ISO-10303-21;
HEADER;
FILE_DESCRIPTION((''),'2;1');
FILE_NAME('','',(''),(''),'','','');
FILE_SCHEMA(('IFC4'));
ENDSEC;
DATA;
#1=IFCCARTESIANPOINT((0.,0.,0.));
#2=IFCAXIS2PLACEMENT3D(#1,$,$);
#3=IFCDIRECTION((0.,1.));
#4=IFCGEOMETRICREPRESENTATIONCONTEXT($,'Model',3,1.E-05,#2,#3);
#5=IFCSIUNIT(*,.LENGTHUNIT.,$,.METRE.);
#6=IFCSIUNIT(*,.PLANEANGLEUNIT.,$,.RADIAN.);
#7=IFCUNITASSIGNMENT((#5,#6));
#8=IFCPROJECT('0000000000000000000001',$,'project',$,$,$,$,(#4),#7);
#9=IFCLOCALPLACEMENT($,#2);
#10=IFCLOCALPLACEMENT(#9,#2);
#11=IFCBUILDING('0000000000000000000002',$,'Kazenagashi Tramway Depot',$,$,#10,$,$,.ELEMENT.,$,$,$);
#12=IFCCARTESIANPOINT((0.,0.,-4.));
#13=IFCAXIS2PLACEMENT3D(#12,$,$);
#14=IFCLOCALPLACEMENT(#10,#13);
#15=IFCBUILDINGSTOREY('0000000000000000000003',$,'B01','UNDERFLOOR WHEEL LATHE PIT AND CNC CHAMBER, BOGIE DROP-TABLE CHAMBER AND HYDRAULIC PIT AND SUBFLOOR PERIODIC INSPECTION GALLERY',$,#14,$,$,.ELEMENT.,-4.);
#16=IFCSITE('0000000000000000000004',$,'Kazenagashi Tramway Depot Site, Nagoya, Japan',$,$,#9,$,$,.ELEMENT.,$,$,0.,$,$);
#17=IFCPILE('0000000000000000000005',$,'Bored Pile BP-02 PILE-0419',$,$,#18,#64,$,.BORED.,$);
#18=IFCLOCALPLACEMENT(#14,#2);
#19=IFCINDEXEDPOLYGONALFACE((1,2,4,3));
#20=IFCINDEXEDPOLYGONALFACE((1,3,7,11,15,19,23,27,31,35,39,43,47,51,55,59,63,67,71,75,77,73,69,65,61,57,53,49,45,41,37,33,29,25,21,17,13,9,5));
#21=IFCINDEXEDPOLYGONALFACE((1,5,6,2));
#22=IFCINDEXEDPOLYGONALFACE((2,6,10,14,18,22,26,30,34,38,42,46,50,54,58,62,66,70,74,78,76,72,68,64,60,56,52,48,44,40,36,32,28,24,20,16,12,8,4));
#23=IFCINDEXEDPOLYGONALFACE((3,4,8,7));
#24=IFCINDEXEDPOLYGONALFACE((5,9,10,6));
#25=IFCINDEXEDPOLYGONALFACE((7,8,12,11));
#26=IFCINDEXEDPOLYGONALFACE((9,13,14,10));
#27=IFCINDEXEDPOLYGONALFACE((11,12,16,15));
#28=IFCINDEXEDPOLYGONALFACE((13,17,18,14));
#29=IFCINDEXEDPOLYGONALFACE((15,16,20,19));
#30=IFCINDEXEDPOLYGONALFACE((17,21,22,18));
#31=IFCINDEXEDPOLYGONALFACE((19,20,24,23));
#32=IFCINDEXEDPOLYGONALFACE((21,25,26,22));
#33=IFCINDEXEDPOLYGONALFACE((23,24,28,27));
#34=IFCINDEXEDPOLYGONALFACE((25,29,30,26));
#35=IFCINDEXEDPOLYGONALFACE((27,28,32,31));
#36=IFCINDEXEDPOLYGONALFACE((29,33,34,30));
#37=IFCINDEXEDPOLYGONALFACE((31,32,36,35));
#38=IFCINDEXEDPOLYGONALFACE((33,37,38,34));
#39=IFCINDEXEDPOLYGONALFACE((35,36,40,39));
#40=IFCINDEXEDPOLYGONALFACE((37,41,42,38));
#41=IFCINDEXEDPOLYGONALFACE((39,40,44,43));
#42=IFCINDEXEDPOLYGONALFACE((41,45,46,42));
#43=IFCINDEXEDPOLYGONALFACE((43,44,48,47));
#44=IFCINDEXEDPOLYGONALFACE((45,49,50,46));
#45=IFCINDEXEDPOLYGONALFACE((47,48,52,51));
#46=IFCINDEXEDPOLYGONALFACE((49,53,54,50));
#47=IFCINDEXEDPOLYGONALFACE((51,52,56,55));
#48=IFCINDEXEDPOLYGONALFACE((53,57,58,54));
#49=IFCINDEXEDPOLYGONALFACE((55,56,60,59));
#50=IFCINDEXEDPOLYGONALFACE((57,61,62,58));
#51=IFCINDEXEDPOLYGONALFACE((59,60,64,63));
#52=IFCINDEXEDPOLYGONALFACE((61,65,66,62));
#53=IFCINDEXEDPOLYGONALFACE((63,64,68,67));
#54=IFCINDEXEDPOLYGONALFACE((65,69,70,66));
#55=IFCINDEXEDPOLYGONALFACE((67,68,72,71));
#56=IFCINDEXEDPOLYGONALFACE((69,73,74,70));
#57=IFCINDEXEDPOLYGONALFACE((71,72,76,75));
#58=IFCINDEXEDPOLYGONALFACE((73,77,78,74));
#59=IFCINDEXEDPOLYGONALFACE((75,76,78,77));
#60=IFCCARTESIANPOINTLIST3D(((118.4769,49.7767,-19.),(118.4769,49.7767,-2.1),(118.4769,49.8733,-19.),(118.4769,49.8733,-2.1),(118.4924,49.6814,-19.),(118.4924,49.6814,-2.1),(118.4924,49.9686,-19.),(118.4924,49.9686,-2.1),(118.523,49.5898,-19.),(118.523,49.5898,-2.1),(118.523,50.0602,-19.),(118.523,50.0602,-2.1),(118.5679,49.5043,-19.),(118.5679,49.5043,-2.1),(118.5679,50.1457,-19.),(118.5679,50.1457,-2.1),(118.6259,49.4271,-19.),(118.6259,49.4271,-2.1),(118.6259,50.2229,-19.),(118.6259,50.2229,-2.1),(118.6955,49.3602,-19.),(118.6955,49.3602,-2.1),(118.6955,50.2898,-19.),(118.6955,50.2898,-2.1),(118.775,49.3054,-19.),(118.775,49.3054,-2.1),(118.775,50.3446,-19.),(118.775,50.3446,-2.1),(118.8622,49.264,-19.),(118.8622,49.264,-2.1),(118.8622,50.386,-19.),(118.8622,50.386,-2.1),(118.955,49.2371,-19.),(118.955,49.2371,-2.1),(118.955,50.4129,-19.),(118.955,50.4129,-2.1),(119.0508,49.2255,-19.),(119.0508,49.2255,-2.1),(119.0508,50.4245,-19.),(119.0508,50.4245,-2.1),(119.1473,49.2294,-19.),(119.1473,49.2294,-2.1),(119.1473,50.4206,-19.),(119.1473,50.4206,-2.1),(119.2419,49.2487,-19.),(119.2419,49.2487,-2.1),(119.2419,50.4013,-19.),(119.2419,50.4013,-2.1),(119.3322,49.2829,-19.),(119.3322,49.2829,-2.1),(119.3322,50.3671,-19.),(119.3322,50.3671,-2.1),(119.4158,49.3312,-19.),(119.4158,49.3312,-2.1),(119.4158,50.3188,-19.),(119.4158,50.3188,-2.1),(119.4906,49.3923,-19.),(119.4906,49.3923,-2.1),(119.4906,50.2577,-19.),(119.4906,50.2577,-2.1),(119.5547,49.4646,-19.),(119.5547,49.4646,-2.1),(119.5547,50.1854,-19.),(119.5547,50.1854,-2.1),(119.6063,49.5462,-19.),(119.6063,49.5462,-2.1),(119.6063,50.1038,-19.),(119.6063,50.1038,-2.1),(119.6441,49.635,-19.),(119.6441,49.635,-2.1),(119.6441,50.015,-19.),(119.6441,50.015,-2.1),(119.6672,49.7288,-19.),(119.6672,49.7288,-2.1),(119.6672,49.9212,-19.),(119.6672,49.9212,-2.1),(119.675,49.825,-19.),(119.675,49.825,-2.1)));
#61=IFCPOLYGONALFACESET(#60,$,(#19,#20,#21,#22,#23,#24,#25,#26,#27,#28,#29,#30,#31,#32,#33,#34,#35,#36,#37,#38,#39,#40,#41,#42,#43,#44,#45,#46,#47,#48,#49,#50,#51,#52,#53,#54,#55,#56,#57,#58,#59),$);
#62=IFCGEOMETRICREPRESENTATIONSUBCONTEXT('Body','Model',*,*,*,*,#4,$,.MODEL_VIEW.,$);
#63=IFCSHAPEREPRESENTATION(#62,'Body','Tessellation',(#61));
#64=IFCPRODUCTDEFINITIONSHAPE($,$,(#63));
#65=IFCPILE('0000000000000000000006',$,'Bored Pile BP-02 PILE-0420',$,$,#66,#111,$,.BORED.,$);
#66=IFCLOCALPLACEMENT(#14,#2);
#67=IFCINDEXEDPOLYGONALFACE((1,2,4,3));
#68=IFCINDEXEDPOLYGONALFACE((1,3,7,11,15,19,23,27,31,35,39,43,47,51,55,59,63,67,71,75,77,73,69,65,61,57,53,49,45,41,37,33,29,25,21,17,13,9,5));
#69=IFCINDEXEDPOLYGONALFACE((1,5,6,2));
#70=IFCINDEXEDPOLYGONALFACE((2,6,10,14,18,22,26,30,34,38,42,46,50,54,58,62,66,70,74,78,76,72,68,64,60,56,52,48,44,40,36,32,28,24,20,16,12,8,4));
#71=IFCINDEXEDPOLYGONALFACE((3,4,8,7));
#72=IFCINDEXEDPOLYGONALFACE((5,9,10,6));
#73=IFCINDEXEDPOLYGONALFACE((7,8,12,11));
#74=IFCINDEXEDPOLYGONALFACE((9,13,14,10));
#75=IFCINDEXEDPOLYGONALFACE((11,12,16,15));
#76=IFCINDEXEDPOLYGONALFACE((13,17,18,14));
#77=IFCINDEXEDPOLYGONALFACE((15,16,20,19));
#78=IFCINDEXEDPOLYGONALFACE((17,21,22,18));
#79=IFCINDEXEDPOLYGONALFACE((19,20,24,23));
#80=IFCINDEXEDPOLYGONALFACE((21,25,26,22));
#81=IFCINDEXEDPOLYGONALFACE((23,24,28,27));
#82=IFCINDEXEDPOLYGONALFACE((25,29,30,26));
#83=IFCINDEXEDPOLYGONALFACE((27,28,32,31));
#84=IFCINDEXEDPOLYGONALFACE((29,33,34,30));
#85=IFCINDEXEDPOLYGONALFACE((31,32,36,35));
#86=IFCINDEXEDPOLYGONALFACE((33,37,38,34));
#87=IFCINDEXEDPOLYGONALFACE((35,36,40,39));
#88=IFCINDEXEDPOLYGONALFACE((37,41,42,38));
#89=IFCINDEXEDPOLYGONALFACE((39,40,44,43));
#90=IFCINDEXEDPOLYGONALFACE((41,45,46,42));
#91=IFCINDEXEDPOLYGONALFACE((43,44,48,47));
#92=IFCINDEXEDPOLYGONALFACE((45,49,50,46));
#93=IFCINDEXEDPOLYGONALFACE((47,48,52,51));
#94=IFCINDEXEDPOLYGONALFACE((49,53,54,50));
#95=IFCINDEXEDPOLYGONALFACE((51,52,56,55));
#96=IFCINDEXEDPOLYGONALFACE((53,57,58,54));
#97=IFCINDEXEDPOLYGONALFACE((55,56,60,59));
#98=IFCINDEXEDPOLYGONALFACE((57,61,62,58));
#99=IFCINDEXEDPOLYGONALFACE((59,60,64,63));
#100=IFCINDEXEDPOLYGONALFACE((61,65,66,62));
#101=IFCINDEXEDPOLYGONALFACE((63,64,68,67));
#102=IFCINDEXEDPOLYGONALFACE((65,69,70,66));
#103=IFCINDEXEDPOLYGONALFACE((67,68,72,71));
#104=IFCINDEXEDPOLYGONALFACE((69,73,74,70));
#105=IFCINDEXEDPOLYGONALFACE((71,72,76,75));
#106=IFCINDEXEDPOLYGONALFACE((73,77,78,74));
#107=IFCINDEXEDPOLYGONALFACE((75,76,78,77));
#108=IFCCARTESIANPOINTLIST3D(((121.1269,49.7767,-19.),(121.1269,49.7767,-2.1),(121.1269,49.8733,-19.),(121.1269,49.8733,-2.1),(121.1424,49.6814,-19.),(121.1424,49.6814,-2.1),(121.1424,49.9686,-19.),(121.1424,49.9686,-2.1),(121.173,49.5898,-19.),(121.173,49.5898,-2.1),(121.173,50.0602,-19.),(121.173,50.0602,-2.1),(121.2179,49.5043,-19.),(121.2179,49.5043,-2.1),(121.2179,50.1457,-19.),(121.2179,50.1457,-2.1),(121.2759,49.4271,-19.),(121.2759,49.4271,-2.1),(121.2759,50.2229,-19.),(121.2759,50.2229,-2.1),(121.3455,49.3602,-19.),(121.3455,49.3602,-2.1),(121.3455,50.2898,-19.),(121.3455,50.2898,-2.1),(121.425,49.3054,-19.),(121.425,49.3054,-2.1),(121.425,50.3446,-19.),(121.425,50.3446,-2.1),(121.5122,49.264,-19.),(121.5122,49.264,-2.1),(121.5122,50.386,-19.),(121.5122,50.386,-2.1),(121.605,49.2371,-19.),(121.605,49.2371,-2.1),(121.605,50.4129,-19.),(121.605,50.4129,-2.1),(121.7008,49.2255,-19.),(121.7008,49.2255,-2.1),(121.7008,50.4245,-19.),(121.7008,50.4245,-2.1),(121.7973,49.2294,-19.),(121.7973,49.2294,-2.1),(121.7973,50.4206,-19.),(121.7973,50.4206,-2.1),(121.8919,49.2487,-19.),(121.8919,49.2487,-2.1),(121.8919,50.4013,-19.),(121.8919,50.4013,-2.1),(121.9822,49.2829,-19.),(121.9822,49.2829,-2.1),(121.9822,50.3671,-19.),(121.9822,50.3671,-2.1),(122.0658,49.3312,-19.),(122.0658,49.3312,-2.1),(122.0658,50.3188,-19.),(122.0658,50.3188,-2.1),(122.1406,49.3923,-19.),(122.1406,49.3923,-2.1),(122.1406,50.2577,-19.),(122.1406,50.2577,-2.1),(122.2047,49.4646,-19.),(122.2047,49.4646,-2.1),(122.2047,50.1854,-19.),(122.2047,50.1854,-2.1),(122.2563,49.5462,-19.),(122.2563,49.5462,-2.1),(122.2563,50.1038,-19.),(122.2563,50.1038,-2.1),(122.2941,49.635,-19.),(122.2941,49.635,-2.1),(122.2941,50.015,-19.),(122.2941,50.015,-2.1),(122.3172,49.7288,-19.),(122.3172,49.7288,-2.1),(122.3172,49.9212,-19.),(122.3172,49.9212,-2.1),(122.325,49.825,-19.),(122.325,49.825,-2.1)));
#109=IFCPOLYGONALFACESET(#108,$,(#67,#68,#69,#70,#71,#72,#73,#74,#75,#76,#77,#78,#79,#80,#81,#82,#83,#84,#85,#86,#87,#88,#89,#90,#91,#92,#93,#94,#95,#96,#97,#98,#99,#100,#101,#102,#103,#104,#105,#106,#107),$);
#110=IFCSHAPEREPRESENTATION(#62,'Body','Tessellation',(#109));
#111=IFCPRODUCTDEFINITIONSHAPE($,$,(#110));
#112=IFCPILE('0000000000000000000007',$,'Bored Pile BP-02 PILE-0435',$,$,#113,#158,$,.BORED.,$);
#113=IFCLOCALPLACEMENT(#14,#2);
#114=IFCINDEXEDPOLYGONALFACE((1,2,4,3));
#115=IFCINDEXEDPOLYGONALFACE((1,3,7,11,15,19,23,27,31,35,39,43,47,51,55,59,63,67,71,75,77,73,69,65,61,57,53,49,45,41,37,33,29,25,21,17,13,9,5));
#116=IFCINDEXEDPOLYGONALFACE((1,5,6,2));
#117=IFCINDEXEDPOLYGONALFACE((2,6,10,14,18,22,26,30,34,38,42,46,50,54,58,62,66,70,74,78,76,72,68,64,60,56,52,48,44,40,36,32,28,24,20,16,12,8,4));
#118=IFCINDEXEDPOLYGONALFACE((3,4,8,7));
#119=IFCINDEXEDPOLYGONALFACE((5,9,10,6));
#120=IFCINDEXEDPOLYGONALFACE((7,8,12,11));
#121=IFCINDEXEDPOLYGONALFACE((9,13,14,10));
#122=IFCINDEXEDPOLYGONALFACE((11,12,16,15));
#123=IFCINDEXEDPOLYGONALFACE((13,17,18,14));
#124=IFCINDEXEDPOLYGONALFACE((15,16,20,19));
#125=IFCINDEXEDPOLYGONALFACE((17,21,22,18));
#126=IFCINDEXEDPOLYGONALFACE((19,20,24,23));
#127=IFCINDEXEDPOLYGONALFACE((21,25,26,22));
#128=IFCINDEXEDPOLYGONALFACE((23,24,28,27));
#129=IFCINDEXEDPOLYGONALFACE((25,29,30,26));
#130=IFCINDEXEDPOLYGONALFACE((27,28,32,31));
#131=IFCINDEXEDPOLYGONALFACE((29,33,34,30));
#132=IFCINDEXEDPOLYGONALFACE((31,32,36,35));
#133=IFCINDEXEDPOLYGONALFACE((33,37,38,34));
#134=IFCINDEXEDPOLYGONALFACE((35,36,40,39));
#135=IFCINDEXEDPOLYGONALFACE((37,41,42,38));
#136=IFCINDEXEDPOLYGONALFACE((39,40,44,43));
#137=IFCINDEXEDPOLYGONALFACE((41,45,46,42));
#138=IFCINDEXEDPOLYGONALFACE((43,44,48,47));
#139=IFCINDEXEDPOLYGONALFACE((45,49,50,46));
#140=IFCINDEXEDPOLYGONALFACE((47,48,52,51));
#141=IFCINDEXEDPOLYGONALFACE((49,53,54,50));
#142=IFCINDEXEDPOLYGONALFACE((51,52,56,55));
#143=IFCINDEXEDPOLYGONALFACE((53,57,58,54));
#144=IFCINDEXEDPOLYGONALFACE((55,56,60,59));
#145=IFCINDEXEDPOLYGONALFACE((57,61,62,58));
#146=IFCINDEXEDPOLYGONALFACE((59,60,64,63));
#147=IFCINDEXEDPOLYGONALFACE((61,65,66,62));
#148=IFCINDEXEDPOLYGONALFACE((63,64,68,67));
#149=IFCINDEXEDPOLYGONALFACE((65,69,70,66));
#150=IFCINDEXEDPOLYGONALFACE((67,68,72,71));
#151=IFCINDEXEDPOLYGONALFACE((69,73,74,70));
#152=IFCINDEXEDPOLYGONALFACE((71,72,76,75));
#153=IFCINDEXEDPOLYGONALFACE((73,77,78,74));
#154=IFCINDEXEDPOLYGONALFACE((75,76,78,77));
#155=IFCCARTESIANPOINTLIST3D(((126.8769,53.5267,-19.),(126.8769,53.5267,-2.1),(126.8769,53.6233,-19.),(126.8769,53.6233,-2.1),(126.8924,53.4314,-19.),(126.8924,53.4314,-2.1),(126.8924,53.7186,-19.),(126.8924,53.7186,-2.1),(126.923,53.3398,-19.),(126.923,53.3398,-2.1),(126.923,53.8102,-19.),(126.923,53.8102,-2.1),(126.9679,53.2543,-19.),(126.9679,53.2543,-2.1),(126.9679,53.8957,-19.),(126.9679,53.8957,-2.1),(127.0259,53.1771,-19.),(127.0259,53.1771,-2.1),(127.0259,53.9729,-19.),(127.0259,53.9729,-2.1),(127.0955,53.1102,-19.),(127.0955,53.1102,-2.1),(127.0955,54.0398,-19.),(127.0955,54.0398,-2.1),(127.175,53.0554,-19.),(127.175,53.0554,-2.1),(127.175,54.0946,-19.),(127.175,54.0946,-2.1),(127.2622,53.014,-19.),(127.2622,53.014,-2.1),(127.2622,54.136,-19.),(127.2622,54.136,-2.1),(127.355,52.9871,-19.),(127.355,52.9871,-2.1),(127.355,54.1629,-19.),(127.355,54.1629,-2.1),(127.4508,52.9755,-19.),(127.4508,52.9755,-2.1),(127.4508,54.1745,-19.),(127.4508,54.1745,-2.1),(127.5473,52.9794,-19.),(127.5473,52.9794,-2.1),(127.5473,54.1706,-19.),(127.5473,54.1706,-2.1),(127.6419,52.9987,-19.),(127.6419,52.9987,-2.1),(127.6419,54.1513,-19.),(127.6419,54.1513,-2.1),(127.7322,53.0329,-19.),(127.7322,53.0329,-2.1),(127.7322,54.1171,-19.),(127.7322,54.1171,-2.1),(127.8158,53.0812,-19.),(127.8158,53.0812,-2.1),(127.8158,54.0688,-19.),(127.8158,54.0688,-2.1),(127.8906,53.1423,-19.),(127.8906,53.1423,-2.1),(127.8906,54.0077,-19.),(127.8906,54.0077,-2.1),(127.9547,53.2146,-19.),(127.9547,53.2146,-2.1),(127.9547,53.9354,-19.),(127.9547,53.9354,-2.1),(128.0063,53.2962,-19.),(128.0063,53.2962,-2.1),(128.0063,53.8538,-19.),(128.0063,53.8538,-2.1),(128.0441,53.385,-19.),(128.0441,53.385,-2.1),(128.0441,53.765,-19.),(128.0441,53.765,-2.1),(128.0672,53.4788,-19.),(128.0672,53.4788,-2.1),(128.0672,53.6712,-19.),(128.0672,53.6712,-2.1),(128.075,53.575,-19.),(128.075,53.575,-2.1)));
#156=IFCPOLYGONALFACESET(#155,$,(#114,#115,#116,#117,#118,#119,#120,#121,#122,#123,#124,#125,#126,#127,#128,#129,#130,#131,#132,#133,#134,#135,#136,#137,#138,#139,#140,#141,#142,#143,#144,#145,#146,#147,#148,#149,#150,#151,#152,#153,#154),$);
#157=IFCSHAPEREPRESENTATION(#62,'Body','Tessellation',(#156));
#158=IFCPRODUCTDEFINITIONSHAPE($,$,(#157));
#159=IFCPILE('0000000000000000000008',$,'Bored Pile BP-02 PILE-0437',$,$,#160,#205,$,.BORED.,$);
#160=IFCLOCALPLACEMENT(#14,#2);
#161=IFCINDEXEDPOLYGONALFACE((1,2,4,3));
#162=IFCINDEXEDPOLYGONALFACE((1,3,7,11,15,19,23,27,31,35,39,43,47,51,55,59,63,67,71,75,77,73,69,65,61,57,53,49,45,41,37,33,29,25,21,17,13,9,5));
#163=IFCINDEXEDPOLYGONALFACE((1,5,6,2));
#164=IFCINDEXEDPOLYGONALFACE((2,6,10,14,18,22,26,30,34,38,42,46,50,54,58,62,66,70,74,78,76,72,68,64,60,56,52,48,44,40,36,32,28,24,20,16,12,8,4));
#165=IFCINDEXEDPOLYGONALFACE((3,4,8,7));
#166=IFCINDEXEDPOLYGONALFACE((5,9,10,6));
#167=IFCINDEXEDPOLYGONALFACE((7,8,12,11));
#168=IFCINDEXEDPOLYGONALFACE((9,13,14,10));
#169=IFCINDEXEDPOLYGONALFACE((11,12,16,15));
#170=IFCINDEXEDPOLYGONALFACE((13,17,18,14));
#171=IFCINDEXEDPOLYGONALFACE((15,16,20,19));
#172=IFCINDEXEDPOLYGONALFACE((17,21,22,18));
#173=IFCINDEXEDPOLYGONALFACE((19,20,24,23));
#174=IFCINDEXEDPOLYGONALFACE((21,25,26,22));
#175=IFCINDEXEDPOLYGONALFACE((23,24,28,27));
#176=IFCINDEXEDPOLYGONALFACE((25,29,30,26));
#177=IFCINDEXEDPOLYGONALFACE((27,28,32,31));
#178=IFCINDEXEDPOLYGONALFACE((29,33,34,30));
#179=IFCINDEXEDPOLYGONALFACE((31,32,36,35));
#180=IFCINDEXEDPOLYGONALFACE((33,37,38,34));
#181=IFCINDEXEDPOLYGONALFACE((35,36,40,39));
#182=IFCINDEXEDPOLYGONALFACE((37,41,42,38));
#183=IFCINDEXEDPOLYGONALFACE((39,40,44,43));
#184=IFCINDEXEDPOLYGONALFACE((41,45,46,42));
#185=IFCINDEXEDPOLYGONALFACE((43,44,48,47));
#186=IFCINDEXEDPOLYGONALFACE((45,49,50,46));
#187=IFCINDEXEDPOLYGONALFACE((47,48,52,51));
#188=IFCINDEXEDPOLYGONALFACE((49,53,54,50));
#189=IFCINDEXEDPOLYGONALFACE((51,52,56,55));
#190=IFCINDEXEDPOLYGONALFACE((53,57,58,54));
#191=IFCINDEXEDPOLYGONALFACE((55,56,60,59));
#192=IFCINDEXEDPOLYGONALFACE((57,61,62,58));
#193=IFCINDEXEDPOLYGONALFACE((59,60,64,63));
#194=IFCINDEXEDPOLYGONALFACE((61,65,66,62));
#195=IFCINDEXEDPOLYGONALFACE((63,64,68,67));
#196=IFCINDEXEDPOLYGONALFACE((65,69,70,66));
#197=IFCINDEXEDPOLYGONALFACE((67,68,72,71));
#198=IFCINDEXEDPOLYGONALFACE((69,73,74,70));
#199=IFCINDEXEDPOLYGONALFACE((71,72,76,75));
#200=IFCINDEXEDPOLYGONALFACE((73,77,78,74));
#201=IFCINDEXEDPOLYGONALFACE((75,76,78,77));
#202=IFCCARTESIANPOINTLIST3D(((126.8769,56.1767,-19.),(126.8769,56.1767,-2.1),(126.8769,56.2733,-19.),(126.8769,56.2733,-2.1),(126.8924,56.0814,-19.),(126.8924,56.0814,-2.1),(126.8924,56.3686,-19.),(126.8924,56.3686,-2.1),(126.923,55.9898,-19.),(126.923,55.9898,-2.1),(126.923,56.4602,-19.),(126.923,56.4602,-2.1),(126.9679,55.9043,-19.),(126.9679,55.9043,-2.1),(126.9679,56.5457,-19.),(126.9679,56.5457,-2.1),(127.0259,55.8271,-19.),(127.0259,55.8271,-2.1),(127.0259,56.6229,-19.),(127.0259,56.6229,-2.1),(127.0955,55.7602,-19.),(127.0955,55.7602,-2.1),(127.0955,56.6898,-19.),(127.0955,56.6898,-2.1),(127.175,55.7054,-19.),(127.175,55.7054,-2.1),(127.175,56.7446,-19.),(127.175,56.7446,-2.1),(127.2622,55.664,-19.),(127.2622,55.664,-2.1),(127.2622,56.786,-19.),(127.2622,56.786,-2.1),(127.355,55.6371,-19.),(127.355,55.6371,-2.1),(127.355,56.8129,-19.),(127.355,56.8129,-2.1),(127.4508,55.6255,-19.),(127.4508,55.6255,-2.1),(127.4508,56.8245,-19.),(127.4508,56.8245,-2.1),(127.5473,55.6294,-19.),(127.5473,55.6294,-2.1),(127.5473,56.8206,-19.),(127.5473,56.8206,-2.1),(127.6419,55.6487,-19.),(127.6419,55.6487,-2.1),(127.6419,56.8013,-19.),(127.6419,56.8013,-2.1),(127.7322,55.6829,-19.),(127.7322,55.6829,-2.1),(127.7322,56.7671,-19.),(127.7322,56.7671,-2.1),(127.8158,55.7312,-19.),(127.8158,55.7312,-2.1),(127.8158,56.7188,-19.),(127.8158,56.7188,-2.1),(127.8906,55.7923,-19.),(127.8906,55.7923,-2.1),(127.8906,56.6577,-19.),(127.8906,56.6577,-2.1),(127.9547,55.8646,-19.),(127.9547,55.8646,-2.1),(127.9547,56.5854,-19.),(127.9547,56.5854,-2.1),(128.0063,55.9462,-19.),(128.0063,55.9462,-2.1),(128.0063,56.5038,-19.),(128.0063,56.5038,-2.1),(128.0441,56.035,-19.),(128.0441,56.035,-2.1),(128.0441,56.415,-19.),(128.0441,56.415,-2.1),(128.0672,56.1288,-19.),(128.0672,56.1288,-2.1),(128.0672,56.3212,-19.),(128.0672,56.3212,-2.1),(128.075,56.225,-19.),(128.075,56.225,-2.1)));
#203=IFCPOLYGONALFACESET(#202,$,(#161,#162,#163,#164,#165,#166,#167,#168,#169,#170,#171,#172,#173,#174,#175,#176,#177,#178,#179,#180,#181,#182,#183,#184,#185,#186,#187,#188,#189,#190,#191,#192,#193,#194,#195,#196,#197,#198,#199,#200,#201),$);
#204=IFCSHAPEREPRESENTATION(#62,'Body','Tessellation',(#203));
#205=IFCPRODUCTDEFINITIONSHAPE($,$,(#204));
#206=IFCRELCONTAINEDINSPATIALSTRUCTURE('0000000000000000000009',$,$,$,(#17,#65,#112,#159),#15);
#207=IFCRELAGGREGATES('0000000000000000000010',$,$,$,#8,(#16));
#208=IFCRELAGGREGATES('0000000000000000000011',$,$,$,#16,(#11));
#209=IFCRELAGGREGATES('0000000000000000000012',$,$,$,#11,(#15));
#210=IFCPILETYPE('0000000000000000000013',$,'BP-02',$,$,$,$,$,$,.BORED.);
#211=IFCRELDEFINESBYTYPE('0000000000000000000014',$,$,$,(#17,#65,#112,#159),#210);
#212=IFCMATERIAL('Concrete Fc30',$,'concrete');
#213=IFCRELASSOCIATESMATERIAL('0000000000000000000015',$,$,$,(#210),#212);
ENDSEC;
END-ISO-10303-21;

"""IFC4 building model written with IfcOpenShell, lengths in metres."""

from ifc_helpers import new_model, si_unit, direction, frame, origin, origin_2d, place, context, subcontext, project, spatial, circle, extrude, material, material_profile, profile_set, type_object, element, save


model = new_model("IFC4")

# Units and contexts
model_context = context("Model", 3, precision=1e-05, world=origin(), true_north=direction((0.0, 1.0)))
body_context = subcontext(model_context, "Body", "Model", "MODEL_VIEW")
ifc_project = project(units=[si_unit("LENGTHUNIT", "METRE"), si_unit("PLANEANGLEUNIT", "RADIAN")], contexts=[model_context])

# Site, building, storey
site_placement = place(None, origin())
site = spatial("IfcSite", under=ifc_project, at=site_placement, Name="Kazenagashi Tramway Depot Site, Nagoya, Japan", CompositionType="ELEMENT", RefElevation=0.0)
building_placement = place(site_placement, origin())
building = spatial("IfcBuilding", under=site, at=building_placement, Name="Kazenagashi Tramway Depot", CompositionType="ELEMENT")
storey_placement = place(building_placement, frame((0.0, 0.0, -4.0)))
storey = spatial("IfcBuildingStorey", under=building, at=storey_placement, Name="B01", Description="UNDERFLOOR WHEEL LATHE PIT AND CNC CHAMBER, BOGIE DROP-TABLE CHAMBER AND HYDRAULIC PIT AND SUBFLOOR PERIODIC INSPECTION GALLERY", CompositionType="ELEMENT", Elevation=-4.0)

# Piles
ifc_material_1 = material(Name="Concrete Fc30", Category="concrete")
ifc_material_profile_1 = material_profile(ifc_material_1, circle(Radius=0.6, at=origin_2d()), Name="PILE-1200")
ifc_profile_set_1 = profile_set([ifc_material_profile_1], Name="Concrete Fc30")
pile_type = type_object("IfcPileType", Name="BP-02", PredefinedType="BORED", material=ifc_profile_set_1)
for number, where, z_axis, x_axis, name in (
    (1, (119.075, 49.825, -2.1), (0.0, 0.0, -1.0), (1.0, 0.0, 0.0), "Bored Pile BP-02 PILE-0419"),
    (2, (121.725, 49.825, -2.1), (0.0, 0.0, -1.0), (1.0, 0.0, 0.0), "Bored Pile BP-02 PILE-0420"),
    (3, (127.475, 53.575, -2.1), (0.0, 0.0, -1.0), (1.0, 0.0, 0.0), "Bored Pile BP-02 PILE-0435"),
    (4, (127.475, 56.225, -2.1), (0.0, 0.0, -1.0), (1.0, 0.0, 0.0), "Bored Pile BP-02 PILE-0437"),
):
    element("IfcPile", number, at=place(storey_placement, frame(where, z_axis=z_axis, x_axis=x_axis)), inside=storey, type_object=pile_type, Name=name, PredefinedType="BORED", context=body_context, shape_type="SweptSolid", body=[
        extrude(circle(Radius=0.6, at=origin_2d()), origin(), (0.0, 0.0, 1.0), 16.9),
    ])

save(model, "model.ifc")
